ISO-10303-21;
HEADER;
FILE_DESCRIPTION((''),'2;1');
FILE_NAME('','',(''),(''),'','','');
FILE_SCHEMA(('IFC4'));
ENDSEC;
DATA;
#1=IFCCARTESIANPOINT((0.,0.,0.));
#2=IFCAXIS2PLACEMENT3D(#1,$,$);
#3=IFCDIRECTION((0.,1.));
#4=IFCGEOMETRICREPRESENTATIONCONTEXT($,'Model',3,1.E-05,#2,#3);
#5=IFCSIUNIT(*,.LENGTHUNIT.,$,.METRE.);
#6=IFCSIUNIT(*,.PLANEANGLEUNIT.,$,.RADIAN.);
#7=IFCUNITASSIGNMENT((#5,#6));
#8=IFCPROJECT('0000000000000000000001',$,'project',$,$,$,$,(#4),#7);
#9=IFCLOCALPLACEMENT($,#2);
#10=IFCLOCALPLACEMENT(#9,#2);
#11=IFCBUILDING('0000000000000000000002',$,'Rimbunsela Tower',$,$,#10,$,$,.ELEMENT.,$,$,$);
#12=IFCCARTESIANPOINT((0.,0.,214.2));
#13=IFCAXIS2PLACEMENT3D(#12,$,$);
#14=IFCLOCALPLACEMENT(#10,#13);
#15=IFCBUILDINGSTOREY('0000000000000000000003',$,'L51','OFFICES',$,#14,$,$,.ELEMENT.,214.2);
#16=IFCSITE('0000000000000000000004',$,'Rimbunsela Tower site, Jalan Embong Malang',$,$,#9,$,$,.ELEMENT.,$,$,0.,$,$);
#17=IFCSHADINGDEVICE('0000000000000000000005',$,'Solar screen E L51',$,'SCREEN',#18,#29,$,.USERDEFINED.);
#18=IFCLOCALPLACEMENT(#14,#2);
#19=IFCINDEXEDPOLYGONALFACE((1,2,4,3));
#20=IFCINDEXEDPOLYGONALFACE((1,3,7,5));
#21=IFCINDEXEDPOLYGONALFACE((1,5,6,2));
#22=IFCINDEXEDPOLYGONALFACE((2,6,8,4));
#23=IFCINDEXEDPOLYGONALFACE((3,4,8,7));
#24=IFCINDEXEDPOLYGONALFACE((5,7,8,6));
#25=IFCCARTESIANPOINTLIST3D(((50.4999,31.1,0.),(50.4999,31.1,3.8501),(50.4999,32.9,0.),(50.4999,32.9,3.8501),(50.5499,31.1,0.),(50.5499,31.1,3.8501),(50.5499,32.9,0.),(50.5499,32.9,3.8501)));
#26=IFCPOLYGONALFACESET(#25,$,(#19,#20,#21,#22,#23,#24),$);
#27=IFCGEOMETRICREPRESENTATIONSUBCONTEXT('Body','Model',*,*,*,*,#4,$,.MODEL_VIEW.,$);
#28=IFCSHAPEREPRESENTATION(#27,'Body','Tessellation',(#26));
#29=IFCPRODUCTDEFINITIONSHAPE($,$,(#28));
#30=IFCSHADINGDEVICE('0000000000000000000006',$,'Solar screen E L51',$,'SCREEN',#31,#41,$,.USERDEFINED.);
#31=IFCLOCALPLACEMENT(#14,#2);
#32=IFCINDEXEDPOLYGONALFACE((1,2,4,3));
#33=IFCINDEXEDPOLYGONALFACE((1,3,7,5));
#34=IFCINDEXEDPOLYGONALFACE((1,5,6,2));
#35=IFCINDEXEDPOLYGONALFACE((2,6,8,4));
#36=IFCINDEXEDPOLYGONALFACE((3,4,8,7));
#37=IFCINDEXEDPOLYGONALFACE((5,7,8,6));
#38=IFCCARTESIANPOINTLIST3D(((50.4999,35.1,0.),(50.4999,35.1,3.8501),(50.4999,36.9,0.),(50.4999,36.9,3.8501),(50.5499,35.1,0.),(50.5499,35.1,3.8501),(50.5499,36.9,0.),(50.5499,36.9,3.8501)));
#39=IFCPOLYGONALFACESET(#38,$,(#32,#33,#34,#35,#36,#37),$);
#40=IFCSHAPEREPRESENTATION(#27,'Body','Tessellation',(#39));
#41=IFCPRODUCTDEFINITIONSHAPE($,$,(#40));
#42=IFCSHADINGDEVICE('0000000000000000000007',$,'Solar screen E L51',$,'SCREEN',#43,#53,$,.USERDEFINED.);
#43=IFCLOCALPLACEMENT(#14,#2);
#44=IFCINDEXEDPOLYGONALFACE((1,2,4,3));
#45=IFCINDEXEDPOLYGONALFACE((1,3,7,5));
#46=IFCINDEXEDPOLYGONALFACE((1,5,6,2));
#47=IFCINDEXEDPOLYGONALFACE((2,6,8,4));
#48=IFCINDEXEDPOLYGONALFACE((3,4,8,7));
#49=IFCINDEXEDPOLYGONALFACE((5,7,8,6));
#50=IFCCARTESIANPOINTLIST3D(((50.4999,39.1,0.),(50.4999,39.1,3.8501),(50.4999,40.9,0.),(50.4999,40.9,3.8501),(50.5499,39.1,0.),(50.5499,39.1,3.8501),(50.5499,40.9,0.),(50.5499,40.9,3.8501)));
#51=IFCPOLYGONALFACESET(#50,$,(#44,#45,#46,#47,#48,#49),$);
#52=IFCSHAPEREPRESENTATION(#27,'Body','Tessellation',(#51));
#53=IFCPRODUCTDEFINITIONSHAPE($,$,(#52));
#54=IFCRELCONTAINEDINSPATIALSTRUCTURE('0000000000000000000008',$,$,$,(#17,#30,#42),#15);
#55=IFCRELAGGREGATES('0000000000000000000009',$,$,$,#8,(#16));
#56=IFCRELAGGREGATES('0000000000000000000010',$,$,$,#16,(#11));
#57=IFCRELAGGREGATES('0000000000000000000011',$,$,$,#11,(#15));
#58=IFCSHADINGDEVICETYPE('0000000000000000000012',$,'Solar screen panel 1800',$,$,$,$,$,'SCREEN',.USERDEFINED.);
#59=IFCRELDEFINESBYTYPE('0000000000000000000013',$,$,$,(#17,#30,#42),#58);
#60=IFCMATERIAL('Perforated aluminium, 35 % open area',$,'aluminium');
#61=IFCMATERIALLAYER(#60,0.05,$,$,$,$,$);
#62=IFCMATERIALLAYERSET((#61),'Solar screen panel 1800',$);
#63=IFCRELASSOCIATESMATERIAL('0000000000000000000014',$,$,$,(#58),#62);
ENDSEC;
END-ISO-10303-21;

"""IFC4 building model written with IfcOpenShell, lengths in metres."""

from ifc_helpers import new_model, si_unit, direction, frame, origin, origin_2d, place, context, subcontext, project, spatial, rectangle, extrude, material, layer, layer_set, type_object, element, save


model = new_model("IFC4")

# Units and contexts
model_context = context("Model", 3, precision=1e-05, world=origin(), true_north=direction((0.0, 1.0)))
body_context = subcontext(model_context, "Body", "Model", "MODEL_VIEW")
ifc_project = project(units=[si_unit("LENGTHUNIT", "METRE"), si_unit("PLANEANGLEUNIT", "RADIAN")], contexts=[model_context])

# Site, building, storey
site_placement = place(None, origin())
site = spatial("IfcSite", under=ifc_project, at=site_placement, Name="Rimbunsela Tower site, Jalan Embong Malang", CompositionType="ELEMENT", RefElevation=0.0)
building_placement = place(site_placement, origin())
building = spatial("IfcBuilding", under=site, at=building_placement, Name="Rimbunsela Tower", CompositionType="ELEMENT")
storey_placement = place(building_placement, frame((0.0, 0.0, 214.2)))
storey = spatial("IfcBuildingStorey", under=building, at=storey_placement, Name="L51", Description="OFFICES", CompositionType="ELEMENT", Elevation=214.2)

# Shading devices
ifc_material_1 = material(Name="Perforated aluminium, 35 % open area", Category="aluminium")
ifc_layer_1 = layer(ifc_material_1, 0.05)
ifc_layer_set_1 = layer_set([ifc_layer_1], Name="Solar screen panel 1800")
shading_device_type = type_object("IfcShadingDeviceType", Name="Solar screen panel 1800", ElementType="SCREEN", PredefinedType="USERDEFINED", material=ifc_layer_set_1)
for number, where, z_axis, x_axis, name in (
    (1, (50.5249, 32.0, 0.0), (0.0, 0.0, 1.0), (0.0, 1.0, 0.0), "Solar screen E L51"),
    (2, (50.5249, 36.0, 0.0), (0.0, 0.0, 1.0), (0.0, 1.0, 0.0), "Solar screen E L51"),
    (3, (50.5249, 40.0, 0.0), (0.0, 0.0, 1.0), (0.0, 1.0, 0.0), "Solar screen E L51"),
):
    element("IfcShadingDevice", number, at=place(storey_placement, frame(where, z_axis=z_axis, x_axis=x_axis)), inside=storey, type_object=shading_device_type, Name=name, ObjectType="SCREEN", PredefinedType="USERDEFINED", context=body_context, shape_type="SweptSolid", body=[
        extrude(rectangle(XDim=1.8, YDim=0.05, at=origin_2d()), origin(), (0.0, 0.0, 1.0), 3.8501),
    ])

save(model, "model.ifc")
